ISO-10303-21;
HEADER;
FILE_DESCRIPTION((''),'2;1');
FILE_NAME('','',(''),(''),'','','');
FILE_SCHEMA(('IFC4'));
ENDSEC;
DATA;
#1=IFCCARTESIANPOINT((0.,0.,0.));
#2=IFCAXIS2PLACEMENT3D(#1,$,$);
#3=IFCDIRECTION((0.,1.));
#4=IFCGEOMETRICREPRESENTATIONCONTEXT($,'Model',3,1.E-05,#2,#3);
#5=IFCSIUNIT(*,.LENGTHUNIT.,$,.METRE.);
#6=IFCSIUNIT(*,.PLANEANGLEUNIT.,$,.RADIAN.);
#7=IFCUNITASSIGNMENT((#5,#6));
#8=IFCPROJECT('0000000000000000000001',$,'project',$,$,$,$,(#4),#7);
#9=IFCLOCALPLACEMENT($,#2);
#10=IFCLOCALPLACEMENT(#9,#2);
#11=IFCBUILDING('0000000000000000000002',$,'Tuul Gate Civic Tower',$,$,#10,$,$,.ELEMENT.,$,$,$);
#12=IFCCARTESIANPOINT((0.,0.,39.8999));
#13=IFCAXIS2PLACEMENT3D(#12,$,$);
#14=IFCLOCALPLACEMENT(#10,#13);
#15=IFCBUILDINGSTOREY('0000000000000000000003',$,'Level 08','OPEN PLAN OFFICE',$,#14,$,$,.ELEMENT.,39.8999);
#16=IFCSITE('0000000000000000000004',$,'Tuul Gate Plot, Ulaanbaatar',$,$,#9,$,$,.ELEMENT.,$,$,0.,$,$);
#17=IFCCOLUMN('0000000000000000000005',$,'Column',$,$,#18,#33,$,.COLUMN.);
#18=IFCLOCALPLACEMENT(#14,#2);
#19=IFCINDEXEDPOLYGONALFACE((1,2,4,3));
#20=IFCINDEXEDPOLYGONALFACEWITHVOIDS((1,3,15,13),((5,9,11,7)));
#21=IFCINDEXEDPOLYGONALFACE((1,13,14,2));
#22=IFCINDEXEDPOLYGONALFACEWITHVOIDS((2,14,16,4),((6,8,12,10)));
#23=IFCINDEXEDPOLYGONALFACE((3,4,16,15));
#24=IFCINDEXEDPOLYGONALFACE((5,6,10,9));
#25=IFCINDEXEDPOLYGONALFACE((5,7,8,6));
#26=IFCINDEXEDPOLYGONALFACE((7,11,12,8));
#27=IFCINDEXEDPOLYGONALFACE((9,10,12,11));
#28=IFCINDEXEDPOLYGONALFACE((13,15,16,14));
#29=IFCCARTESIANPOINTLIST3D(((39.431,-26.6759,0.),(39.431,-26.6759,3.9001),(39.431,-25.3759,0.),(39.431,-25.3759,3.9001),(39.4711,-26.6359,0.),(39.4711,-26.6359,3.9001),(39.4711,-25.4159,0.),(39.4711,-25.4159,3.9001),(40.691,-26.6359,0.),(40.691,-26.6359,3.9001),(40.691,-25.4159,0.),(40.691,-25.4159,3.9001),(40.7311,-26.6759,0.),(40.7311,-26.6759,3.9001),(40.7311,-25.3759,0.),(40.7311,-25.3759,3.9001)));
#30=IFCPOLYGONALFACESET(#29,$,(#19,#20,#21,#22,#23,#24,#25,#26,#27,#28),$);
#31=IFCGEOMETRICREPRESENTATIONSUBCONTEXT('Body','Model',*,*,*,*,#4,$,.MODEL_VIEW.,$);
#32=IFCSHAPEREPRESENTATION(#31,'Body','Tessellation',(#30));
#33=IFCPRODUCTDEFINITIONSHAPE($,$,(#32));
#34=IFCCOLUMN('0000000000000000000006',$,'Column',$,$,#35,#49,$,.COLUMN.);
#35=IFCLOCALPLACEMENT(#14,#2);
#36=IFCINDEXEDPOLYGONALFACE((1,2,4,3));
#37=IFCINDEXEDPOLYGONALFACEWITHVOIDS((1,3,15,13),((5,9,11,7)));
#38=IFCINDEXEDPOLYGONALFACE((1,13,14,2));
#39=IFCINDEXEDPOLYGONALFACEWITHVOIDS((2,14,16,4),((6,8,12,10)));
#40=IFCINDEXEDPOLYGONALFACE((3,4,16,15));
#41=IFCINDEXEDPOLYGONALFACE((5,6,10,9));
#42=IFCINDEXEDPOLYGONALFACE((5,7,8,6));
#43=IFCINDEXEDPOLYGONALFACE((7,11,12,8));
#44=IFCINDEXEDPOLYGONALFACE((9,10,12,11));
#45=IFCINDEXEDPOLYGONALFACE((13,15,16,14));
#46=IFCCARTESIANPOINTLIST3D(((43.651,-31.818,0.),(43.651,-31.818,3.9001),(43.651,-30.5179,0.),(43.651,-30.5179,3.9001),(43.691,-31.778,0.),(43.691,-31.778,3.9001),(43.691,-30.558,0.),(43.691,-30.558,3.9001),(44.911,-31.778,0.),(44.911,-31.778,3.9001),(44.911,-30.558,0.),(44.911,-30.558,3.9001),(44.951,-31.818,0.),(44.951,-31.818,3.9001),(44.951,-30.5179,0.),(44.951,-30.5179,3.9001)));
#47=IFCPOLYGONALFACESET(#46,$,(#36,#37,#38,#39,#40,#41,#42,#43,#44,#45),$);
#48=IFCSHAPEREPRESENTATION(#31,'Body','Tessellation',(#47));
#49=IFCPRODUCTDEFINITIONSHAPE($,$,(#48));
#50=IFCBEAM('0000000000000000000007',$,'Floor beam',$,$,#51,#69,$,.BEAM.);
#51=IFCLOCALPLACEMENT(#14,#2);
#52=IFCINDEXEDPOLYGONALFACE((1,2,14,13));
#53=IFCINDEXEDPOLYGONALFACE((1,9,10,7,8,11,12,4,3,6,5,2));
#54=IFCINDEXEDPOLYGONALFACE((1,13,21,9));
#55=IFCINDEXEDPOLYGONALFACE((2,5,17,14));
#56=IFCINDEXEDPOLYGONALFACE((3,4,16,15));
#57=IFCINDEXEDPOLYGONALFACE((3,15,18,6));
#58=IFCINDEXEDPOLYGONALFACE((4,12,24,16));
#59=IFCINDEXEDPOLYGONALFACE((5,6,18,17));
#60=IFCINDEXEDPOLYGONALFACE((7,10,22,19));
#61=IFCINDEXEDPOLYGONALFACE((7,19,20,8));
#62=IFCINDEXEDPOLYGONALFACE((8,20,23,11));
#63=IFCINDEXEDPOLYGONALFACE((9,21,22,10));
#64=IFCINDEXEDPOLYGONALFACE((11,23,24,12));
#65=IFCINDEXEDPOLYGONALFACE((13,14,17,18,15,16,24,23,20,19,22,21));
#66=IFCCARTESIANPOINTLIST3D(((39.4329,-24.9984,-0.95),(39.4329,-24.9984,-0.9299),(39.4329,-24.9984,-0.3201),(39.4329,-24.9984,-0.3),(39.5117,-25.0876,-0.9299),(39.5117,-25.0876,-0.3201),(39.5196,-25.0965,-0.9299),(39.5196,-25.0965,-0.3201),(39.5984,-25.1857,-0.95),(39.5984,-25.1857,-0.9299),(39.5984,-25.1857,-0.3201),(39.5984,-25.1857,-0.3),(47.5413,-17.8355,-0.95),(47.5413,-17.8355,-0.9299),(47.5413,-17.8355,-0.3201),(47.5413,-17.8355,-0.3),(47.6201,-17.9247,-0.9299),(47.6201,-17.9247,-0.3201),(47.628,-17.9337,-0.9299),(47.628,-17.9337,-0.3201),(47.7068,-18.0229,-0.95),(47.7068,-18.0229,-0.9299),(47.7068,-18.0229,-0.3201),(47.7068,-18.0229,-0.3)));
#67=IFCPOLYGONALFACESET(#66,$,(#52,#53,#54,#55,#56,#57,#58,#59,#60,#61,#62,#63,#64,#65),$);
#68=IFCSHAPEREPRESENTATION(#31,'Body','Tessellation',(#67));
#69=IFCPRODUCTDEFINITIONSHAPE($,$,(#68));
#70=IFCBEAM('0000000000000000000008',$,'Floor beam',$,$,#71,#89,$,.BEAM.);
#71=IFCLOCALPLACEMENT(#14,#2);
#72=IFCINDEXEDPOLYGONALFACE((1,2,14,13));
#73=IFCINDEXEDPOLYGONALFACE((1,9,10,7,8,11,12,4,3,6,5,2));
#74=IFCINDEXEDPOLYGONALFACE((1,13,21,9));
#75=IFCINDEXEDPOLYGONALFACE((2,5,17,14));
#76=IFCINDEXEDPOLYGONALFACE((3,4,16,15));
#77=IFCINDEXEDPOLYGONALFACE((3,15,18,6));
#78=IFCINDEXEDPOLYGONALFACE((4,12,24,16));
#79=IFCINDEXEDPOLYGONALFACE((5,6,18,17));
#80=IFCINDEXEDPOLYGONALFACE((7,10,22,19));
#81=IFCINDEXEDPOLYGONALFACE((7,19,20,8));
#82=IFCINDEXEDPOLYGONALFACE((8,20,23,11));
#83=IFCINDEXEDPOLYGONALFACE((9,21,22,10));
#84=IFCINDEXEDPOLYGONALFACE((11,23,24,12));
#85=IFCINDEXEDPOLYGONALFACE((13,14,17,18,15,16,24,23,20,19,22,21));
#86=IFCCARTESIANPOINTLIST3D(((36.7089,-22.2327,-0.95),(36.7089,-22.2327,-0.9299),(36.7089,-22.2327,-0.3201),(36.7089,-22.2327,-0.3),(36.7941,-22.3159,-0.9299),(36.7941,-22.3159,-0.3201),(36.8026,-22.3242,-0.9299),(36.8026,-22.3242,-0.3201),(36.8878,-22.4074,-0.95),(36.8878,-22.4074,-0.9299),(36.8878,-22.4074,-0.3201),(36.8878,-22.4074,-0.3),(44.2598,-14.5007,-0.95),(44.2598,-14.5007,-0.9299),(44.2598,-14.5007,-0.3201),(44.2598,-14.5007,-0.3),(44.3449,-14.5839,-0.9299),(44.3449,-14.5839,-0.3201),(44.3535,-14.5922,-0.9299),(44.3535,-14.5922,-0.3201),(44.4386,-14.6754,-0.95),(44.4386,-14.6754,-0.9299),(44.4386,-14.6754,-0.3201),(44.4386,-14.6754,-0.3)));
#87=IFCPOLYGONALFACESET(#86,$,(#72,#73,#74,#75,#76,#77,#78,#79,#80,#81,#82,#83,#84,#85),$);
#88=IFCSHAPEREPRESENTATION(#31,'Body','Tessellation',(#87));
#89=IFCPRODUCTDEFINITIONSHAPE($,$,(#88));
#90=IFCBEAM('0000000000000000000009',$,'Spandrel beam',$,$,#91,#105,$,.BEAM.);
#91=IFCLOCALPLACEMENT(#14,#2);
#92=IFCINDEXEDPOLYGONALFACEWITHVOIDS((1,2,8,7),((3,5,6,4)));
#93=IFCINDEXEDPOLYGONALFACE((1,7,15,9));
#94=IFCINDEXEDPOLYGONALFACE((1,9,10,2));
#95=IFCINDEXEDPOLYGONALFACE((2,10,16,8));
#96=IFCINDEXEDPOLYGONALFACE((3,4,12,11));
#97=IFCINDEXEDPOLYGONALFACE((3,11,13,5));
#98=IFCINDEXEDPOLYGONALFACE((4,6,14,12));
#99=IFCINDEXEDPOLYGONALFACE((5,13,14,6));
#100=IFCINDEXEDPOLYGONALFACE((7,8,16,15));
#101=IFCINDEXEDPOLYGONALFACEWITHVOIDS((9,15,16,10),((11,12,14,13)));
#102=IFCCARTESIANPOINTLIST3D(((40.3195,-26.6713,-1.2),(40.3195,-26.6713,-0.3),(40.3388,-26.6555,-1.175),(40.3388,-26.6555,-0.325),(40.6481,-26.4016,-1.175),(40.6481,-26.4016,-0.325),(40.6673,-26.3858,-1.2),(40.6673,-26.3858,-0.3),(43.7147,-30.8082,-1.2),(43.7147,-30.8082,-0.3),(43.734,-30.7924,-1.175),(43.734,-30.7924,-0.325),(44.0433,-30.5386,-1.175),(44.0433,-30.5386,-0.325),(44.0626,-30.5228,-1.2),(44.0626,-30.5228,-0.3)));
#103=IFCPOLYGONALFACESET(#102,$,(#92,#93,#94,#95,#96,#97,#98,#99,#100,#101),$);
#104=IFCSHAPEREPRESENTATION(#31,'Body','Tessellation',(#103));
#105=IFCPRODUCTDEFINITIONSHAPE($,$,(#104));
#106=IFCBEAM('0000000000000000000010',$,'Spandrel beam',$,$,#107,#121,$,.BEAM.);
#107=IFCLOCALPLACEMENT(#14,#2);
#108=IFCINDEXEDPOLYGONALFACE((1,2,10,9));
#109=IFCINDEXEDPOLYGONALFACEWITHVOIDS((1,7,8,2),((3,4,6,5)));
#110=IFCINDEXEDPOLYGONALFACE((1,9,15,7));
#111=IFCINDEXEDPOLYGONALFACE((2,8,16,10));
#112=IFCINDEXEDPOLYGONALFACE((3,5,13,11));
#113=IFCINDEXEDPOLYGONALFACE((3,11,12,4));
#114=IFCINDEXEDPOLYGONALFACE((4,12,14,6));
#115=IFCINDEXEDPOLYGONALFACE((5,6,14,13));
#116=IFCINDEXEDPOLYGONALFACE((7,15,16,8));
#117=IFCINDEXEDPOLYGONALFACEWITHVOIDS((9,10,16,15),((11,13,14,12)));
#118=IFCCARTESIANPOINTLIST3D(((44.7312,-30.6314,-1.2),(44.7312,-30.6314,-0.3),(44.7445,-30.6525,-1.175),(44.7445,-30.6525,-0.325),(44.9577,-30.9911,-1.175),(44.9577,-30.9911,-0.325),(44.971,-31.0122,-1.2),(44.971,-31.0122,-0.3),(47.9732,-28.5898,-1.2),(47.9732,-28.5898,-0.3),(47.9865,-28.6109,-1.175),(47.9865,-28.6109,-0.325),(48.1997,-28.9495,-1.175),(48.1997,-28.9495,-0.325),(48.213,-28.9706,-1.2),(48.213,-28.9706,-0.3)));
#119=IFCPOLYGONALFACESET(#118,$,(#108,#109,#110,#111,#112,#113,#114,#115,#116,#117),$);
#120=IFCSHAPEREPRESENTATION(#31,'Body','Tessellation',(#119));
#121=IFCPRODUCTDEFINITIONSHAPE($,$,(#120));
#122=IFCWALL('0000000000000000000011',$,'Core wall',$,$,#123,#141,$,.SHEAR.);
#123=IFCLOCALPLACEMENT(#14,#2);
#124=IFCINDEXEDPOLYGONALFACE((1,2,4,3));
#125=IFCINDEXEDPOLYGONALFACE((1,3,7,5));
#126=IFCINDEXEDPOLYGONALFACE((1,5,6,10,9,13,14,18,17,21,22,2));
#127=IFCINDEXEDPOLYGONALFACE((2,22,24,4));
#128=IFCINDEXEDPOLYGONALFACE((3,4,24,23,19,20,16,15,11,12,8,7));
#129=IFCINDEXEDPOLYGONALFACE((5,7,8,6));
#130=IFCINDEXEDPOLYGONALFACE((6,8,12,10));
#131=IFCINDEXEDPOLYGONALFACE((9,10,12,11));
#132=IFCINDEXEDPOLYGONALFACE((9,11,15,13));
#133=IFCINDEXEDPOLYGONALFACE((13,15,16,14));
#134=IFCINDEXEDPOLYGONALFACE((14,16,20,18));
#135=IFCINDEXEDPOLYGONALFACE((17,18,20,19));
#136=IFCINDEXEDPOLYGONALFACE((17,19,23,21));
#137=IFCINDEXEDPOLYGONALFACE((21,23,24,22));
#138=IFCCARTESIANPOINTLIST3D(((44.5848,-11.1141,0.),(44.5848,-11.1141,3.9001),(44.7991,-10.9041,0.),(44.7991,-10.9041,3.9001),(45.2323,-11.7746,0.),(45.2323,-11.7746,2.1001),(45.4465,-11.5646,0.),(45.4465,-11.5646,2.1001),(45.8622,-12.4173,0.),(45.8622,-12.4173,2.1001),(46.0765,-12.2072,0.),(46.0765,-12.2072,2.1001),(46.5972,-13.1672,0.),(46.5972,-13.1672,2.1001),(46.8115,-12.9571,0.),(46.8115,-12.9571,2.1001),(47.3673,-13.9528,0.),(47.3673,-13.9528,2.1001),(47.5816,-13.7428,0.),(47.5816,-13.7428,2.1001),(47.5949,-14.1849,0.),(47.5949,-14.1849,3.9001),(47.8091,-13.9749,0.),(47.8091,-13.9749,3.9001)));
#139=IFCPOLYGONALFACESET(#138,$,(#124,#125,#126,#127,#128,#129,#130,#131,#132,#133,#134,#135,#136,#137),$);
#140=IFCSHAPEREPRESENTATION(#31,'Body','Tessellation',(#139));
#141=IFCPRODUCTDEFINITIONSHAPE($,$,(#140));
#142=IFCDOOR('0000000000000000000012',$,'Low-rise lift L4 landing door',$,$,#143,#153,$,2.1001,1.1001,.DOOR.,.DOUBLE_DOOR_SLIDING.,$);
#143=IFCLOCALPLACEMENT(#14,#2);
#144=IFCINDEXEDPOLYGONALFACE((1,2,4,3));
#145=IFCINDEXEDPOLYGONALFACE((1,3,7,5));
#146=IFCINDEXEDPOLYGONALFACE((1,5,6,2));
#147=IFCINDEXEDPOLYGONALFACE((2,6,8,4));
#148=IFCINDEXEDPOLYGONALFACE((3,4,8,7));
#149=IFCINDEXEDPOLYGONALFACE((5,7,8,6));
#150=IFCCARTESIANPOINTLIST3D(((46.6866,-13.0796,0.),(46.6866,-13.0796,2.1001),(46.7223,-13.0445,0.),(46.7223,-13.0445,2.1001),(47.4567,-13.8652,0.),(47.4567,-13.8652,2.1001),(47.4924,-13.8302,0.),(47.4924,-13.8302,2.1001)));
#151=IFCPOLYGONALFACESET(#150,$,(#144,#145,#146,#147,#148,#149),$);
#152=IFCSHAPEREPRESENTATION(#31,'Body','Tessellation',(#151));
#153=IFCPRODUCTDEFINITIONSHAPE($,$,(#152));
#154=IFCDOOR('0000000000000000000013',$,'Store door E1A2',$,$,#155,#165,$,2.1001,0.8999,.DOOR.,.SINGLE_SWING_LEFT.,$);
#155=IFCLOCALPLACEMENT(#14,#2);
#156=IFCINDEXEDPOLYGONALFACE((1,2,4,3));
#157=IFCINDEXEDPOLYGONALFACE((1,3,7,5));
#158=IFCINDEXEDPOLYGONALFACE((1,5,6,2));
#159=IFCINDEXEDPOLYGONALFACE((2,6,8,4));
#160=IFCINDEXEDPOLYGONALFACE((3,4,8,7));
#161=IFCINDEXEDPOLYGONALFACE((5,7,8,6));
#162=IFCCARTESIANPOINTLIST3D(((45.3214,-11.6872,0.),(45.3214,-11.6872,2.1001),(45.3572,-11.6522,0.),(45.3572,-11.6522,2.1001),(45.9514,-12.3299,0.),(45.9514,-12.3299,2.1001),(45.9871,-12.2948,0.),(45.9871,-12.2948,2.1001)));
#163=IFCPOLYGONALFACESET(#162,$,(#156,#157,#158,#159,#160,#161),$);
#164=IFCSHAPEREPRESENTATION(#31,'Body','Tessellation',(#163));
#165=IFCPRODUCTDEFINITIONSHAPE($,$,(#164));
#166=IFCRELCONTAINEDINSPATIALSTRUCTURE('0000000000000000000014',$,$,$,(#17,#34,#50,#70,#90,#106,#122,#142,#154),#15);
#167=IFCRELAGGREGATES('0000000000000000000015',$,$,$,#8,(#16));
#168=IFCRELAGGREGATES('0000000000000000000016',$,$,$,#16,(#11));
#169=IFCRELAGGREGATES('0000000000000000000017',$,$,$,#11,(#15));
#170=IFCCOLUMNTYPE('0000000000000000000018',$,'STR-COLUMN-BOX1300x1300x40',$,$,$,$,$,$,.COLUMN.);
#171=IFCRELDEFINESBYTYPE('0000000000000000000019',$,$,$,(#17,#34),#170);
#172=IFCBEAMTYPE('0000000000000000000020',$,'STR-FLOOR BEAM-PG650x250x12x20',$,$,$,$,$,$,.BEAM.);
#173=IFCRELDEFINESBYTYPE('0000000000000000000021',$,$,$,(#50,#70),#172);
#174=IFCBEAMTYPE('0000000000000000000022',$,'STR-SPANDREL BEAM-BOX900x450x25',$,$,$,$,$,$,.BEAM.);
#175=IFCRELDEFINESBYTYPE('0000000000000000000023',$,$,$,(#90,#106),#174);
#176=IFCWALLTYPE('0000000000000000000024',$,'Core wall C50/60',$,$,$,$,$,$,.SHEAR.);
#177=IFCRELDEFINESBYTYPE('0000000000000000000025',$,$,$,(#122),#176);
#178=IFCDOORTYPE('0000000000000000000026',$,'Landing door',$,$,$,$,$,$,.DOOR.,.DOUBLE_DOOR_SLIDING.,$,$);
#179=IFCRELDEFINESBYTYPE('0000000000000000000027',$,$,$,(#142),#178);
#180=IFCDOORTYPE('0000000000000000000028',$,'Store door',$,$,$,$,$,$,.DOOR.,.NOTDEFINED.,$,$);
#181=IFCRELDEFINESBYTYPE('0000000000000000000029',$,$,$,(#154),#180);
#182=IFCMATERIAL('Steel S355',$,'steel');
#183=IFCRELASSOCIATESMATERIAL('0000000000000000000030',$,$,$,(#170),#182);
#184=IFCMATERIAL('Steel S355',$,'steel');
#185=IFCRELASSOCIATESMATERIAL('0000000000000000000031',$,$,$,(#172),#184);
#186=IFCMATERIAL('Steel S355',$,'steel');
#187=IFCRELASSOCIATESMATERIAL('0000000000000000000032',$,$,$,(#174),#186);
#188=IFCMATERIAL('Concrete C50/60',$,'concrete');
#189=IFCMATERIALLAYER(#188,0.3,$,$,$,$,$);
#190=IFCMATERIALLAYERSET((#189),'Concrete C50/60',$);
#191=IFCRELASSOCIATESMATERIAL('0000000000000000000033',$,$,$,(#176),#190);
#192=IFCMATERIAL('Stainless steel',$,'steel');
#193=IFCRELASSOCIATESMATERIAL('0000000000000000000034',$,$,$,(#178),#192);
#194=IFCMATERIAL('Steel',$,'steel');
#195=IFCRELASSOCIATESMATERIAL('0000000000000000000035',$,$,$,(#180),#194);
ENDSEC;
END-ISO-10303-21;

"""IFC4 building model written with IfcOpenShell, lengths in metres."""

from ifc_helpers import new_model, si_unit, direction, frame, frame_2d, origin, origin_2d, place, context, subcontext, project, spatial, rectangle, hollow_rectangle, i_section, extrude, material, layer, layer_set, material_profile, profile_set, type_object, element, fill, save


model = new_model("IFC4")

# Units and contexts
model_context = context("Model", 3, precision=1e-05, world=origin(), true_north=direction((0.0, 1.0)))
body_context = subcontext(model_context, "Body", "Model", "MODEL_VIEW")
ifc_project = project(units=[si_unit("LENGTHUNIT", "METRE"), si_unit("PLANEANGLEUNIT", "RADIAN")], contexts=[model_context])

# Site, building, storey
site_placement = place(None, origin())
site = spatial("IfcSite", under=ifc_project, at=site_placement, Name="Tuul Gate Plot, Ulaanbaatar", CompositionType="ELEMENT", RefElevation=0.0)
building_placement = place(site_placement, origin())
building = spatial("IfcBuilding", under=site, at=building_placement, Name="Tuul Gate Civic Tower", CompositionType="ELEMENT")
storey_placement = place(building_placement, frame((0.0, 0.0, 39.8999)))
storey = spatial("IfcBuildingStorey", under=building, at=storey_placement, Name="Level 08", Description="OPEN PLAN OFFICE", CompositionType="ELEMENT", Elevation=39.8999)

# Columns
ifc_material_1 = material(Name="Steel S355", Category="steel")
ifc_material_profile_1 = material_profile(ifc_material_1, hollow_rectangle(XDim=1.3, YDim=1.3, WallThickness=0.04, at=origin_2d()), Name="BOX1300x1300x40")
ifc_profile_set_1 = profile_set([ifc_material_profile_1], Name="Steel S355")
column_type = type_object("IfcColumnType", Name="STR-COLUMN-BOX1300x1300x40", PredefinedType="COLUMN", material=ifc_profile_set_1)
for number, where, z_axis, x_axis, name in (
    (1, (40.0811, -26.0259, 0.0), (0.0, 0.0, 1.0), (1.0, 0.0, 0.0), "Column"),
    (2, (44.301, -31.168, 0.0), (0.0, 0.0, 1.0), (1.0, 0.0, 0.0), "Column"),
):
    element("IfcColumn", number, at=place(storey_placement, frame(where, z_axis=z_axis, x_axis=x_axis)), inside=storey, type_object=column_type, Name=name, PredefinedType="COLUMN", context=body_context, shape_type="SweptSolid", body=[
        extrude(hollow_rectangle(XDim=1.3, YDim=1.3, WallThickness=0.04, at=origin_2d()), origin(), (0.0, 0.0, 1.0), 3.9001),
    ])

# Beams
ifc_material_2 = material(Name="Steel S355", Category="steel")
ifc_material_profile_2 = material_profile(ifc_material_2, i_section(OverallWidth=0.25, OverallDepth=0.6499, WebThickness=0.012, FlangeThickness=0.02, at=origin_2d()), Name="PG650x250x12x20")
ifc_profile_set_2 = profile_set([ifc_material_profile_2], Name="Steel S355")
beam_type_1 = type_object("IfcBeamType", Name="STR-FLOOR BEAM-PG650x250x12x20", PredefinedType="BEAM", material=ifc_profile_set_2)
beam_1_placement = place(storey_placement, frame((39.5156, -25.092, -0.625), z_axis=(0.749454, 0.662057, 0.0), x_axis=(-0.662057, 0.749454, 0.0)))
element("IfcBeam", 3, at=beam_1_placement, inside=storey, type_object=beam_type_1, Name="Floor beam", PredefinedType="BEAM", context=body_context, shape_type="SweptSolid", body=[
    extrude(i_section(OverallWidth=0.25, OverallDepth=0.6499, WebThickness=0.012, FlangeThickness=0.02, at=origin_2d()), origin(), (0.0, 0.0, 1.0), 10.8191),
])
beam_2_placement = place(storey_placement, frame((36.7983, -22.3201, -0.625), z_axis=(0.698676, 0.715438, 0.0), x_axis=(-0.715438, 0.698676, 0.0)))
element("IfcBeam", 4, at=beam_2_placement, inside=storey, type_object=beam_type_1, Name="Floor beam", PredefinedType="BEAM", context=body_context, shape_type="SweptSolid", body=[
    extrude(i_section(OverallWidth=0.25, OverallDepth=0.6499, WebThickness=0.012, FlangeThickness=0.02, at=origin_2d()), origin(), (0.0, 0.0, 1.0), 10.8074),
])
ifc_material_3 = material(Name="Steel S355", Category="steel")
ifc_material_profile_3 = material_profile(ifc_material_3, hollow_rectangle(XDim=0.45, YDim=0.8999, WallThickness=0.0249, at=origin_2d()), Name="BOX900x450x25")
ifc_profile_set_3 = profile_set([ifc_material_profile_3], Name="Steel S355")
beam_type_2 = type_object("IfcBeamType", Name="STR-SPANDREL BEAM-BOX900x450x25", PredefinedType="BEAM", material=ifc_profile_set_3)
beam_3_placement = place(storey_placement, frame((40.4934, -26.5286, -0.75), z_axis=(0.63441, -0.772997, 0.0), x_axis=(0.772997, 0.63441, 0.0)))
element("IfcBeam", 5, at=beam_3_placement, inside=storey, type_object=beam_type_2, Name="Spandrel beam", PredefinedType="BEAM", context=body_context, shape_type="SweptSolid", body=[
    extrude(hollow_rectangle(XDim=0.45, YDim=0.8999, WallThickness=0.0249, at=origin_2d()), origin(), (0.0, 0.0, 1.0), 5.3518),
])
beam_4_placement = place(storey_placement, frame((44.8511, -30.8218, -0.75), z_axis=(0.8462, 0.532866, 0.0), x_axis=(-0.532866, 0.8462, 0.0)))
element("IfcBeam", 6, at=beam_4_placement, inside=storey, type_object=beam_type_2, Name="Spandrel beam", PredefinedType="BEAM", context=body_context, shape_type="SweptSolid", body=[
    extrude(hollow_rectangle(XDim=0.45, YDim=0.8999, WallThickness=0.0249, at=origin_2d()), origin(), (0.0, 0.0, 1.0), 3.8313),
])

# Wall, openings, doors
ifc_material_4 = material(Name="Concrete C50/60", Category="concrete")
ifc_layer_1 = layer(ifc_material_4, 0.3)
ifc_layer_set_1 = layer_set([ifc_layer_1], Name="Concrete C50/60")
wall_type_1 = type_object("IfcWallType", Name="Core wall C50/60", PredefinedType="SHEAR", material=ifc_layer_set_1)
wall_1_placement = place(storey_placement, frame((47.7019, -14.0798, 0.0), z_axis=(0.0, 0.0, 1.0), x_axis=(-0.700003, 0.71414, 0.0)))
wall_1 = element("IfcWall", 7, at=wall_1_placement, inside=storey, type_object=wall_type_1, Name="Core wall", PredefinedType="SHEAR", context=body_context, shape_type="SweptSolid", body=[
    extrude(rectangle(XDim=4.3, YDim=0.3, at=frame_2d((2.1499, 0.0))), origin(), (0.0, 0.0, 1.0), 3.9001),
])
opening_1_placement = place(wall_1_placement, frame((0.325, 0.0, 0.0)))
opening_1 = element("IfcOpeningElement", 8, at=opening_1_placement, cuts=wall_1, PredefinedType="OPENING", context=body_context, shape_type="SweptSolid", body=[
    extrude(rectangle(XDim=1.1001, YDim=2.1001, at=frame_2d((0.55, 1.05))), frame((0.0, 0.1602, 0.0), z_axis=(0.0, -1.0, 0.0), x_axis=(1.0, 0.0, 0.0)), (0.0, 0.0, 1.0), 0.3201),
])
opening_2_placement = place(wall_1_placement, frame((2.4751, 0.0, 0.0)))
opening_2 = element("IfcOpeningElement", 9, at=opening_2_placement, cuts=wall_1, PredefinedType="OPENING", context=body_context, shape_type="SweptSolid", body=[
    extrude(rectangle(XDim=0.8999, YDim=2.1001, at=frame_2d((0.45, 1.05))), frame((0.0, 0.1602, 0.0), z_axis=(0.0, -1.0, 0.0), x_axis=(1.0, 0.0, 0.0)), (0.0, 0.0, 1.0), 0.3201),
])
ifc_material_5 = material(Name="Stainless steel", Category="steel")
door_type_1 = type_object("IfcDoorType", Name="Landing door", OperationType="DOUBLE_DOOR_SLIDING", PredefinedType="DOOR", material=ifc_material_5)
door_1_placement = place(opening_1_placement, origin())
door_1 = element("IfcDoor", 10, at=door_1_placement, inside=storey, type_object=door_type_1, Name="Low-rise lift L4 landing door", OperationType="DOUBLE_DOOR_SLIDING", OverallHeight=2.1001, OverallWidth=1.1001, PredefinedType="DOOR", context=body_context, shape_type="SweptSolid", body=[
    extrude(rectangle(XDim=1.1001, YDim=2.1001, at=frame_2d((0.55, 1.05))), frame((0.0, 0.0249, 0.0), z_axis=(0.0, -1.0, 0.0), x_axis=(1.0, 0.0, 0.0)), (0.0, 0.0, 1.0), 0.05),
])
fill(opening_1, door_1)
ifc_material_6 = material(Name="Steel", Category="steel")
door_type_2 = type_object("IfcDoorType", Name="Store door", OperationType="NOTDEFINED", PredefinedType="DOOR", material=ifc_material_6)
door_2_placement = place(opening_2_placement, frame((0.8999, 0.0, 0.0), z_axis=(0.0, 0.0, 1.0), x_axis=(-1.0, 0.0, 0.0)))
door_2 = element("IfcDoor", 11, at=door_2_placement, inside=storey, type_object=door_type_2, Name="Store door E1A2", OperationType="SINGLE_SWING_LEFT", OverallHeight=2.1001, OverallWidth=0.8999, PredefinedType="DOOR", context=body_context, shape_type="SweptSolid", body=[
    extrude(rectangle(XDim=0.8999, YDim=2.1001, at=frame_2d((0.45, 1.05))), frame((0.0, 0.0249, 0.0), z_axis=(0.0, -1.0, 0.0), x_axis=(1.0, 0.0, 0.0)), (0.0, 0.0, 1.0), 0.05),
])
fill(opening_2, door_2)

save(model, "model.ifc")
